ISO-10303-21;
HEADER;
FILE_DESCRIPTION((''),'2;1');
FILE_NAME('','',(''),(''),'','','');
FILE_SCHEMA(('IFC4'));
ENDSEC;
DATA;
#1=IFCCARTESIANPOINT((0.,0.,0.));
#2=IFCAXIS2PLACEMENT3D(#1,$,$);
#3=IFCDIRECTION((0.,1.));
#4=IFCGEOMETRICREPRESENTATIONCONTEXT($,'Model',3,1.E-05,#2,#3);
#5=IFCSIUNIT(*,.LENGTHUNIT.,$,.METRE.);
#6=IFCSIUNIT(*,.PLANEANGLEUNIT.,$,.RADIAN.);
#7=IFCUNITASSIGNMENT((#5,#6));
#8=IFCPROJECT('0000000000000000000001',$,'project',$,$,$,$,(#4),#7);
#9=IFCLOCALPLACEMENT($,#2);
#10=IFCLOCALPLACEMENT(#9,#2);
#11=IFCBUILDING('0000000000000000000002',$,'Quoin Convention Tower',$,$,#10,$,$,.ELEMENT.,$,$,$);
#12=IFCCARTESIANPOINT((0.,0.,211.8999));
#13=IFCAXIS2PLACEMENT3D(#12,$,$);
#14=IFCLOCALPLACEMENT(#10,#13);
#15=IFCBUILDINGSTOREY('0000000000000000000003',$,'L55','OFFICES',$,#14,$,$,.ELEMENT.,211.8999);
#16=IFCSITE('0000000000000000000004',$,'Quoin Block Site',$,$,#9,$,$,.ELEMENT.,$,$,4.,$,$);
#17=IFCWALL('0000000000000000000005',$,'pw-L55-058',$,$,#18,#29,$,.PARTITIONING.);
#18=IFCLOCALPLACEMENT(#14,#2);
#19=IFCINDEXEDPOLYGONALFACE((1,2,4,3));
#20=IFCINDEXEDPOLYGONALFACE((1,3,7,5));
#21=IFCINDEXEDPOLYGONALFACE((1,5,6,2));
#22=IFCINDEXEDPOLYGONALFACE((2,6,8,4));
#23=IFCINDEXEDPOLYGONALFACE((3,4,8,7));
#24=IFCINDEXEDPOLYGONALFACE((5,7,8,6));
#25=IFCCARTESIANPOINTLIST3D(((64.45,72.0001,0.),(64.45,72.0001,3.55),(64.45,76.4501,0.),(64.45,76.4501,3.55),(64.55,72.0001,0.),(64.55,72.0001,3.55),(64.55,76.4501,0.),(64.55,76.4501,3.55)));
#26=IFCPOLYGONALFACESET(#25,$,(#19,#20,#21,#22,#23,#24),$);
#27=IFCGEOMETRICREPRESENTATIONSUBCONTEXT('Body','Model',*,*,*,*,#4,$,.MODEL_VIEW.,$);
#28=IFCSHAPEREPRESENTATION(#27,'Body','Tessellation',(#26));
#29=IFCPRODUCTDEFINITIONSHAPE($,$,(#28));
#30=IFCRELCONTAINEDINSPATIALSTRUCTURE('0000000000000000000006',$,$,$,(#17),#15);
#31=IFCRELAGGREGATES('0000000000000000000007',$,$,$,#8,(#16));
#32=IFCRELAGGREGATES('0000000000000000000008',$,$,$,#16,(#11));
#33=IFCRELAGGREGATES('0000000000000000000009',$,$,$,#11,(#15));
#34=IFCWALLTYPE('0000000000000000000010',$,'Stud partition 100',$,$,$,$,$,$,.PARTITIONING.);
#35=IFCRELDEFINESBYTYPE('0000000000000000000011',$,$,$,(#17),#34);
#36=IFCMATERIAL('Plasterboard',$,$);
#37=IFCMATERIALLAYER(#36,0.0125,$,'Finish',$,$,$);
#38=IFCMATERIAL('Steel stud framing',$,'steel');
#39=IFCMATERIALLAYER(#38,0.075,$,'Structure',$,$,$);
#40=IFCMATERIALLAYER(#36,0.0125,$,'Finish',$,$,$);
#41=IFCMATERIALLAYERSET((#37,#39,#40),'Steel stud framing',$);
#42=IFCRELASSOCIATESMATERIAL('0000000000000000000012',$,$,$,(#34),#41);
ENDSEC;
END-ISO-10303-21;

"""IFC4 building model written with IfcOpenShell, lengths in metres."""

from ifc_helpers import new_model, si_unit, direction, frame, frame_2d, origin, place, context, subcontext, project, spatial, rectangle, extrude, material, layer, layer_set, type_object, element, save


model = new_model("IFC4")

# Units and contexts
model_context = context("Model", 3, precision=1e-05, world=origin(), true_north=direction((0.0, 1.0)))
body_context = subcontext(model_context, "Body", "Model", "MODEL_VIEW")
ifc_project = project(units=[si_unit("LENGTHUNIT", "METRE"), si_unit("PLANEANGLEUNIT", "RADIAN")], contexts=[model_context])

# Site, building, storey
site_placement = place(None, origin())
site = spatial("IfcSite", under=ifc_project, at=site_placement, Name="Quoin Block Site", CompositionType="ELEMENT", RefElevation=4.0)
building_placement = place(site_placement, origin())
building = spatial("IfcBuilding", under=site, at=building_placement, Name="Quoin Convention Tower", CompositionType="ELEMENT")
storey_placement = place(building_placement, frame((0.0, 0.0, 211.8999)))
storey = spatial("IfcBuildingStorey", under=building, at=storey_placement, Name="L55", Description="OFFICES", CompositionType="ELEMENT", Elevation=211.8999)

# Shared definitions
ifc_material_1 = material(Name="Plasterboard")
ifc_material_2 = material(Name="Steel stud framing", Category="steel")

# Wall
ifc_layer_1 = layer(ifc_material_1, 0.0125, Name="Finish")
ifc_layer_2 = layer(ifc_material_2, 0.075, Name="Structure")
ifc_layer_3 = layer(ifc_material_1, 0.0125, Name="Finish")
ifc_layer_set_1 = layer_set([ifc_layer_1, ifc_layer_2, ifc_layer_3], Name="Steel stud framing")
wall_type_1 = type_object("IfcWallType", Name="Stud partition 100", PredefinedType="PARTITIONING", material=ifc_layer_set_1)
wall_1_placement = place(storey_placement, frame((64.5, 72.0, 0.0), z_axis=(0.0, 0.0, 1.0), x_axis=(0.0, 1.0, 0.0)))
element("IfcWall", 1, at=wall_1_placement, inside=storey, type_object=wall_type_1, Name="pw-L55-058", PredefinedType="PARTITIONING", context=body_context, shape_type="SweptSolid", body=[
    extrude(rectangle(XDim=4.45, YDim=0.1001, at=frame_2d((2.2251, 0.0))), origin(), (0.0, 0.0, 1.0), 3.55),
])

save(model, "model.ifc")
